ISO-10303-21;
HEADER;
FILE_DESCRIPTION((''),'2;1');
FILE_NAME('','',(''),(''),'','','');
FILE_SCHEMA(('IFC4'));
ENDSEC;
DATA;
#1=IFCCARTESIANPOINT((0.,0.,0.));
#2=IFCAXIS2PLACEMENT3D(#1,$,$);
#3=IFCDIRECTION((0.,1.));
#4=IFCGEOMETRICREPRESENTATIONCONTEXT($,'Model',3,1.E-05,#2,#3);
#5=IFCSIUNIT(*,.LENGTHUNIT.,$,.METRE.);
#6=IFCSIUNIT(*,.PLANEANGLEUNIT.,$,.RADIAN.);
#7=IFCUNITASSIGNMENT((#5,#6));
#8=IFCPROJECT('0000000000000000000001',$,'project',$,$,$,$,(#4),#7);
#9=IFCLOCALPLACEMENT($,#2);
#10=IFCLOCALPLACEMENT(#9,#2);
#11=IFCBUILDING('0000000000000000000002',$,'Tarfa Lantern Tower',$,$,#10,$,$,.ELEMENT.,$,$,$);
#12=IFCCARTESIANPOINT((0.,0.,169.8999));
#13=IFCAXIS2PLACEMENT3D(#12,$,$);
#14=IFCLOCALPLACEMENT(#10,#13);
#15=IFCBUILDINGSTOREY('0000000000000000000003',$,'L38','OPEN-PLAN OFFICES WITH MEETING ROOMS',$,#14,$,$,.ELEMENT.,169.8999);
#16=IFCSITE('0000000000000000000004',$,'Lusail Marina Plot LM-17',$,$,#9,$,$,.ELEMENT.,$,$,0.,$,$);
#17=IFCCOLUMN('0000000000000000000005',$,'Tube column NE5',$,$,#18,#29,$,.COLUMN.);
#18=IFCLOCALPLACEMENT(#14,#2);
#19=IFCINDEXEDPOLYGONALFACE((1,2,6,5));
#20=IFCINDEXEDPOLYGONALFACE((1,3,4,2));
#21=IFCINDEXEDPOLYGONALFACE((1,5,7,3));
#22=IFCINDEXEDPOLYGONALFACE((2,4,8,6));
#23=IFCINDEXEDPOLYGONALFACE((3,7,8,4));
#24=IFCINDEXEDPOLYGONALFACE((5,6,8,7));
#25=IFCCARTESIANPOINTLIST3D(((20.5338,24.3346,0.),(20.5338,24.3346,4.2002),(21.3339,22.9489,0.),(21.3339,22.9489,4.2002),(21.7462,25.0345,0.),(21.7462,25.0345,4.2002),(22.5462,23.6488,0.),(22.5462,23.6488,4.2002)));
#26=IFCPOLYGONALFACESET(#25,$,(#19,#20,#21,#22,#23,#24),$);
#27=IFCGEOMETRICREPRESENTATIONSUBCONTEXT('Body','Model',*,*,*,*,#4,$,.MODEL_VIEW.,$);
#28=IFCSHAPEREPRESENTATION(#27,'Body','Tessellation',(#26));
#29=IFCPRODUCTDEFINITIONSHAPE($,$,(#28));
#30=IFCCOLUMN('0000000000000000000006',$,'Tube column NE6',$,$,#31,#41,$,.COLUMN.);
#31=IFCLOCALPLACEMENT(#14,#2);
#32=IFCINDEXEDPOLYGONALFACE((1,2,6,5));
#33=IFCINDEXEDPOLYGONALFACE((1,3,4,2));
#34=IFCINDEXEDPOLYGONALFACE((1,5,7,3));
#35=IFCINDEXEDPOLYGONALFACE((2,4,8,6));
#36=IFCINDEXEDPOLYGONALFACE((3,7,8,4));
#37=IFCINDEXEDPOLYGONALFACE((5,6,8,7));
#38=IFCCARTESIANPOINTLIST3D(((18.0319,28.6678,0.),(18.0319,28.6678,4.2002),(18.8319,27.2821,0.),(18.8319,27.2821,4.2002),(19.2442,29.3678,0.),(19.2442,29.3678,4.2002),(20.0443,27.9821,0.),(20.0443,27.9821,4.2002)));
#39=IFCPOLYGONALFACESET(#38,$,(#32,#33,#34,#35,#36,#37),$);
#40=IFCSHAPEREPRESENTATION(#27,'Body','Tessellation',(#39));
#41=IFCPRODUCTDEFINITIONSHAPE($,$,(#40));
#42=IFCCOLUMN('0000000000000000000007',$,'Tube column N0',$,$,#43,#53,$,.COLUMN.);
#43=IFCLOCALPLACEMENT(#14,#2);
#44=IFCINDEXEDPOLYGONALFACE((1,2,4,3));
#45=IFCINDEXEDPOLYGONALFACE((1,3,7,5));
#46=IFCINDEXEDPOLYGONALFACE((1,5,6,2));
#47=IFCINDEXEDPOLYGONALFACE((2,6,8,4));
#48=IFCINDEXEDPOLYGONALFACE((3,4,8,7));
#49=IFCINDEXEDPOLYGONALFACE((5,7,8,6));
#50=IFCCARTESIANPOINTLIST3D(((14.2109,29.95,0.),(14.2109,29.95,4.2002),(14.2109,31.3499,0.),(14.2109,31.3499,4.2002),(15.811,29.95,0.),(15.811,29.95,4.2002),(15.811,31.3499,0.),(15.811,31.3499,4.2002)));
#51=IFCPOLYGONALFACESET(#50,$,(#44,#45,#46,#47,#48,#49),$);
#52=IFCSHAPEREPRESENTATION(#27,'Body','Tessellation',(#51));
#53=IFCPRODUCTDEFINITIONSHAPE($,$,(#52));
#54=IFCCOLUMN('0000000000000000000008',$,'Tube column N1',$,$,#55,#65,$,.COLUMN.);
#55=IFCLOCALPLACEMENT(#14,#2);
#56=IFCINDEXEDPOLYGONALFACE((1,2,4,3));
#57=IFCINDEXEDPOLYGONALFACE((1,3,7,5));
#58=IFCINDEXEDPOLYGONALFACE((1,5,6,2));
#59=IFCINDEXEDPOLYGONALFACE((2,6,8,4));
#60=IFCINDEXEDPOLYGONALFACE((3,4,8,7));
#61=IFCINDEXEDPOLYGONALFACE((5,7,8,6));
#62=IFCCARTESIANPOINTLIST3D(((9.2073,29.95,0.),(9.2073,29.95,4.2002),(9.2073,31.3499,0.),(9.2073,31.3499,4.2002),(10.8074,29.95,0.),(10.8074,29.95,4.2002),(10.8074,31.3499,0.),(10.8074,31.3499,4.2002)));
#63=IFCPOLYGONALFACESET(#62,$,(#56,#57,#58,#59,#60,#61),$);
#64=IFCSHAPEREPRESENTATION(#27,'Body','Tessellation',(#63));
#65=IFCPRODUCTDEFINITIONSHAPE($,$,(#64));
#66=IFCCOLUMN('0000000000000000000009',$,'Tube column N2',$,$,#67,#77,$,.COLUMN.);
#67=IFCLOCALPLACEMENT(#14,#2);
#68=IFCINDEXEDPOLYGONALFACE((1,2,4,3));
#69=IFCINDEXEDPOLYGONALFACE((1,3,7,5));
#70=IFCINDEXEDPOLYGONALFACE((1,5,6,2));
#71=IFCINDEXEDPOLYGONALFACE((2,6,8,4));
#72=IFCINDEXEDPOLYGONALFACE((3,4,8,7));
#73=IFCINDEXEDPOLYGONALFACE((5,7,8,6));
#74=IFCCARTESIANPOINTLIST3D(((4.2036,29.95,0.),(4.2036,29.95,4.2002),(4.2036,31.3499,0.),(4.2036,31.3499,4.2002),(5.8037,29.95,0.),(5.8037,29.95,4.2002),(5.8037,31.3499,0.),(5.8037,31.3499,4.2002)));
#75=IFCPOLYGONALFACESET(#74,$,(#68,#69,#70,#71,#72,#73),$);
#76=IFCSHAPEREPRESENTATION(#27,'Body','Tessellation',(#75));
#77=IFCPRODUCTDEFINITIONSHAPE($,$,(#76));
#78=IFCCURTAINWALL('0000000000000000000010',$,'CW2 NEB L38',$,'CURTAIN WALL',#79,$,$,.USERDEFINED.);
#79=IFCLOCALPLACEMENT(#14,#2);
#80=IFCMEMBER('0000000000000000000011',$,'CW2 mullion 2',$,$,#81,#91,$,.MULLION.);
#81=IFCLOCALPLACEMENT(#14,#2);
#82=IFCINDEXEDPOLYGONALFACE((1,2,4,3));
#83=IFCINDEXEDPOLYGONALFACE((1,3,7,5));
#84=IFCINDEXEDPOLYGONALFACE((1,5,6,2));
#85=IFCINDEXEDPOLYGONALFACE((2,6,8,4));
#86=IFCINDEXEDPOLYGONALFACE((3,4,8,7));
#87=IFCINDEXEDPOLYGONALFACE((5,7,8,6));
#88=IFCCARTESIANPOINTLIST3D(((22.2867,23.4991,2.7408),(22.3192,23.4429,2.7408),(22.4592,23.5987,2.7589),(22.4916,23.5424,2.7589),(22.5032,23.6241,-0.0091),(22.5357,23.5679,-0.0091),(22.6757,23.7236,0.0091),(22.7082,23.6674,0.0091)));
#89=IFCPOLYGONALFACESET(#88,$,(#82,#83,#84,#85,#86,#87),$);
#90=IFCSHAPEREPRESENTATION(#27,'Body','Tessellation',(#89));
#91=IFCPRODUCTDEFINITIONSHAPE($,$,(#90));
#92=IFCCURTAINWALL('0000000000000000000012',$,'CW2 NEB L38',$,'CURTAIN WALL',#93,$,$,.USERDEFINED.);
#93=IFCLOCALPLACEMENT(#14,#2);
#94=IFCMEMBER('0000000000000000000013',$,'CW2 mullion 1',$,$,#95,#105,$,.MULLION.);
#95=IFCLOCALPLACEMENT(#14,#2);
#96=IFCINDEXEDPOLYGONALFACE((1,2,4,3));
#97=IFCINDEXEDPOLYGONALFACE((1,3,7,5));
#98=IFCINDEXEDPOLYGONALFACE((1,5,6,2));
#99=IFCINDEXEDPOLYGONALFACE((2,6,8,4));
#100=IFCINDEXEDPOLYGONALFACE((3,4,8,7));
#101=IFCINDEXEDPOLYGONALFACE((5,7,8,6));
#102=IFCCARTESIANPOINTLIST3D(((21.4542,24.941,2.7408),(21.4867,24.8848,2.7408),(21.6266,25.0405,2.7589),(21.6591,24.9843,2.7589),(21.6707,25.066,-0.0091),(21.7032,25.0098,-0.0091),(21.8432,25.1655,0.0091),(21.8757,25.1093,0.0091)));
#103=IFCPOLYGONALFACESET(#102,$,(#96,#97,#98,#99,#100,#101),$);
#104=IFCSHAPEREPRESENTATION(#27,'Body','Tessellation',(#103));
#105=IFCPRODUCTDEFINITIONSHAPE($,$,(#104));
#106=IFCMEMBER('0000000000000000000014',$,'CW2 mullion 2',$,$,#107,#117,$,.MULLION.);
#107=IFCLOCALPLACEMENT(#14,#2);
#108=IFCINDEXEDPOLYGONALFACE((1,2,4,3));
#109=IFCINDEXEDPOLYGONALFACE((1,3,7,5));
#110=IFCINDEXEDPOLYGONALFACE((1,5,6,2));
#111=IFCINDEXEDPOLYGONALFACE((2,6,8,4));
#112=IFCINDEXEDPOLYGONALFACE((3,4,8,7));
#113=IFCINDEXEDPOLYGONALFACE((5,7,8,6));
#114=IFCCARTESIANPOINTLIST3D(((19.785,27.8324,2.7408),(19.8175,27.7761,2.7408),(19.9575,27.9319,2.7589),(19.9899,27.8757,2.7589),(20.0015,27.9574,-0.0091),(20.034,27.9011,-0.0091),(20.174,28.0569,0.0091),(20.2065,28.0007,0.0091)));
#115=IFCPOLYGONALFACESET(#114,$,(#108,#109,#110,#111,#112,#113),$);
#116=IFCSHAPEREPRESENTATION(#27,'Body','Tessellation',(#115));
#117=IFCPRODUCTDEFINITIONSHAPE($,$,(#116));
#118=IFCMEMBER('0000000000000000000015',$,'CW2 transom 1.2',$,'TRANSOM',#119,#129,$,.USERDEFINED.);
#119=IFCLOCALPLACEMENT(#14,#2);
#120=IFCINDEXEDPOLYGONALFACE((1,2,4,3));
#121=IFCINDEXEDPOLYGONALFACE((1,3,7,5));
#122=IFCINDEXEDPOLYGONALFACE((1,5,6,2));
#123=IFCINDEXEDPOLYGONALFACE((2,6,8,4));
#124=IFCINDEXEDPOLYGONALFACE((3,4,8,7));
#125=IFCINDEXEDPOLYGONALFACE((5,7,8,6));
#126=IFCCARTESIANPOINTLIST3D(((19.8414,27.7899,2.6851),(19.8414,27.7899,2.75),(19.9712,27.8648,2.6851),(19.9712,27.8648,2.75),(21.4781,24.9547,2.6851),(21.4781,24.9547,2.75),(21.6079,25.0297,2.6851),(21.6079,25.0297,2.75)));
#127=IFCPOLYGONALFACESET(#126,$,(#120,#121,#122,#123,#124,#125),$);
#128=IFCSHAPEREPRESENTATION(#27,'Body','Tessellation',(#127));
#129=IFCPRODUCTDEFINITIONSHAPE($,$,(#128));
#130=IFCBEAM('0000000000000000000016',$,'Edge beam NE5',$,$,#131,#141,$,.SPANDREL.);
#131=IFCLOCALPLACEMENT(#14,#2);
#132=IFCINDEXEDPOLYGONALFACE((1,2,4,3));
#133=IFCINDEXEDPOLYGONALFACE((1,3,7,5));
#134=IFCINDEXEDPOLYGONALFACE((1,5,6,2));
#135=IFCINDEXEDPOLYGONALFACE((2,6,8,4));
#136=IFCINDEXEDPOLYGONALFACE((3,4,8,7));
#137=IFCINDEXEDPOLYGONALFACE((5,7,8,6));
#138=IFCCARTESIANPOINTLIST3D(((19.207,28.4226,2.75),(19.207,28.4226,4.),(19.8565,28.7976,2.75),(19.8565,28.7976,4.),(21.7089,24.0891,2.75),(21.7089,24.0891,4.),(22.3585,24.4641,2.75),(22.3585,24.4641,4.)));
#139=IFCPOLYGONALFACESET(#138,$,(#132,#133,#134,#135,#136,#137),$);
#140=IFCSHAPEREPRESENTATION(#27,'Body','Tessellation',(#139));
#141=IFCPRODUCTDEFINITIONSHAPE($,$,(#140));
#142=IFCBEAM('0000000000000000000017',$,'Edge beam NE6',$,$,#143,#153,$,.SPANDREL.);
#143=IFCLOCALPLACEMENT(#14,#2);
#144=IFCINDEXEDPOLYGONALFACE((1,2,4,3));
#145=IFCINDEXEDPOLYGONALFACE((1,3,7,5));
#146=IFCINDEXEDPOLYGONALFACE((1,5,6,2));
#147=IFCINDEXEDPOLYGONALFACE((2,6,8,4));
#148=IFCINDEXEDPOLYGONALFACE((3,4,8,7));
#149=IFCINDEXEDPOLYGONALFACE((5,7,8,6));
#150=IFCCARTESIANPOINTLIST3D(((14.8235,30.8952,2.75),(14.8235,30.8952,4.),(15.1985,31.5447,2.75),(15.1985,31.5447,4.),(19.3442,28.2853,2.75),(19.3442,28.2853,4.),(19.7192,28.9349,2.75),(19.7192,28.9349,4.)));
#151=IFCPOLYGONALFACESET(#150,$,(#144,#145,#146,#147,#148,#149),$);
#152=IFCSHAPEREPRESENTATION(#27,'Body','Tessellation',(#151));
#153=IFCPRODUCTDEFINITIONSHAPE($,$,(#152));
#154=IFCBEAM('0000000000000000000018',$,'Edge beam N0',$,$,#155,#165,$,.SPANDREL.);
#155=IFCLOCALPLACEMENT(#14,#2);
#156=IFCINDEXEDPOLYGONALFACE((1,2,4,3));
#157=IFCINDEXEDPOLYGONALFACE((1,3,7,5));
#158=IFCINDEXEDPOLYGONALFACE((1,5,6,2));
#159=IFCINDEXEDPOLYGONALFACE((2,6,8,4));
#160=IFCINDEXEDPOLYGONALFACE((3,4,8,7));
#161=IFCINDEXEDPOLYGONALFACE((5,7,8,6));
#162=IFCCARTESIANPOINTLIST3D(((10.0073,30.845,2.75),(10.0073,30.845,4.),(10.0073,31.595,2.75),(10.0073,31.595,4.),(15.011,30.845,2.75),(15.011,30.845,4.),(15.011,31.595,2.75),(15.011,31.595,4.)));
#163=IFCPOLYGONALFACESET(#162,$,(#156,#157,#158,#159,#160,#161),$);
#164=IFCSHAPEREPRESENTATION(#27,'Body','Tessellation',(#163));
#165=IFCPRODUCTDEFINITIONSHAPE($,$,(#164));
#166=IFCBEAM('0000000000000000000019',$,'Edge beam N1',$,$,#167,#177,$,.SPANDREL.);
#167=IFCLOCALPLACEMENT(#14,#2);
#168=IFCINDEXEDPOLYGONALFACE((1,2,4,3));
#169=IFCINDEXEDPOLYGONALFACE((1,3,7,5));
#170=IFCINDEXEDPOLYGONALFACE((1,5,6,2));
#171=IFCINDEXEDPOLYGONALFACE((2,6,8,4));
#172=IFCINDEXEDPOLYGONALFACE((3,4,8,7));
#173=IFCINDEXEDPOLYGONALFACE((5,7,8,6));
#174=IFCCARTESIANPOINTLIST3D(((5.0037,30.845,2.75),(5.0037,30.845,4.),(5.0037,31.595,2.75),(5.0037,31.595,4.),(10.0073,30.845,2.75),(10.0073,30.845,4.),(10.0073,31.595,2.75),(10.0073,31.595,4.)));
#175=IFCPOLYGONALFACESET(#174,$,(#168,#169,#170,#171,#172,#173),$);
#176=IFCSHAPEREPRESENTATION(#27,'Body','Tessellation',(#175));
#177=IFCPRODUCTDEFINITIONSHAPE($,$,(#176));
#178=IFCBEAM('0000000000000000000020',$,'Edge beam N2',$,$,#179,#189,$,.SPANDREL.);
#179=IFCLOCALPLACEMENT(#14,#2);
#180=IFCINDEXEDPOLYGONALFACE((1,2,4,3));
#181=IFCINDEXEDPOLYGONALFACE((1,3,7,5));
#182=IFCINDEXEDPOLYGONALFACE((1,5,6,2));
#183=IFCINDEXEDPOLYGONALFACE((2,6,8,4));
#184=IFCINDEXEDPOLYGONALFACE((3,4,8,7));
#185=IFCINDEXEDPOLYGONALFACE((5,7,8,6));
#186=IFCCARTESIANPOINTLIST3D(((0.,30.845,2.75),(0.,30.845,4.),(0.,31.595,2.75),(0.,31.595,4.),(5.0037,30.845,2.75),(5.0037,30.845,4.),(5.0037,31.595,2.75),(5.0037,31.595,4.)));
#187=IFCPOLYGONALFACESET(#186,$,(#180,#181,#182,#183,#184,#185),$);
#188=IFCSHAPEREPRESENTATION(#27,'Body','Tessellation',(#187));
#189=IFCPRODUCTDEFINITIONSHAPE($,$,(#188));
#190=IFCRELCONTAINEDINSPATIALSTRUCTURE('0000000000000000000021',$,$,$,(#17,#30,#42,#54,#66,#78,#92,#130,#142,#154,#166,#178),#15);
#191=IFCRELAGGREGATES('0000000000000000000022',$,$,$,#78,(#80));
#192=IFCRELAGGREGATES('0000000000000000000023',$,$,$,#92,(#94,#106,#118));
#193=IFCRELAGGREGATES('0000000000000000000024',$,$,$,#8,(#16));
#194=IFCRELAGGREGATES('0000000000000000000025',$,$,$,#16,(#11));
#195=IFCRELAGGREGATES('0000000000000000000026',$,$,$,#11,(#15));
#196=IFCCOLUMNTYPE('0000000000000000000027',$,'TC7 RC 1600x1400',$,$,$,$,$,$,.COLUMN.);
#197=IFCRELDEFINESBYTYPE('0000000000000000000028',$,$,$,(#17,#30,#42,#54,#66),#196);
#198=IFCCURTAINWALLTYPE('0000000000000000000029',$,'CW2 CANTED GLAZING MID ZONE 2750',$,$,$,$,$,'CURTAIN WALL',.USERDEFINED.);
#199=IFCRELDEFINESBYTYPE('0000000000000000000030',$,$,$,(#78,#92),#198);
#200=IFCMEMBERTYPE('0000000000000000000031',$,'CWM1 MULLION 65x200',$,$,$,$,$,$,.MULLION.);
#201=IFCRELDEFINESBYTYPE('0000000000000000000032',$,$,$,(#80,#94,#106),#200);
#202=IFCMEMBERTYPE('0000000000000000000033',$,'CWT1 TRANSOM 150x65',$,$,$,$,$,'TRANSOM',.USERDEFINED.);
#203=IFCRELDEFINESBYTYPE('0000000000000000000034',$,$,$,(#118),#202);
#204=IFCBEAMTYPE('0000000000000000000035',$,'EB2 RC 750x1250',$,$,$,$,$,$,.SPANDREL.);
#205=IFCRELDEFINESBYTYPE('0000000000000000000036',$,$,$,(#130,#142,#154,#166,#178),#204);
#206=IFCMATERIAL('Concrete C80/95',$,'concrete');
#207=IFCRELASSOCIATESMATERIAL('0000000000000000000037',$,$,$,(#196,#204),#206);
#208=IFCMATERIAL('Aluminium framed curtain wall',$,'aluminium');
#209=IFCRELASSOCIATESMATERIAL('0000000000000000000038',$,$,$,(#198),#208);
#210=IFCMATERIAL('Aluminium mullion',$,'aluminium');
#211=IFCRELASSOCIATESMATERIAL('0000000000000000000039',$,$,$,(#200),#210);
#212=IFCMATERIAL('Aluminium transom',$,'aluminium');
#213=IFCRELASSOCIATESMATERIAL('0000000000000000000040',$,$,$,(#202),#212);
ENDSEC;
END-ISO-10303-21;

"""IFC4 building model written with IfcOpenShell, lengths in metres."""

from ifc_helpers import new_model, si_unit, direction, frame, origin, origin_2d, place, context, subcontext, project, spatial, rectangle, extrude, material, material_profile, profile_set, type_object, element, aggregate, save


model = new_model("IFC4")

# Units and contexts
model_context = context("Model", 3, precision=1e-05, world=origin(), true_north=direction((0.0, 1.0)))
body_context = subcontext(model_context, "Body", "Model", "MODEL_VIEW")
ifc_project = project(units=[si_unit("LENGTHUNIT", "METRE"), si_unit("PLANEANGLEUNIT", "RADIAN")], contexts=[model_context])

# Site, building, storey
site_placement = place(None, origin())
site = spatial("IfcSite", under=ifc_project, at=site_placement, Name="Lusail Marina Plot LM-17", CompositionType="ELEMENT", RefElevation=0.0)
building_placement = place(site_placement, origin())
building = spatial("IfcBuilding", under=site, at=building_placement, Name="Tarfa Lantern Tower", CompositionType="ELEMENT")
storey_placement = place(building_placement, frame((0.0, 0.0, 169.8999)))
storey = spatial("IfcBuildingStorey", under=building, at=storey_placement, Name="L38", Description="OPEN-PLAN OFFICES WITH MEETING ROOMS", CompositionType="ELEMENT", Elevation=169.8999)

# Columns
ifc_material_1 = material(Name="Concrete C80/95", Category="concrete")
ifc_material_profile_1 = material_profile(ifc_material_1, rectangle(XDim=1.6001, YDim=1.3999, at=origin_2d()), Name="RC 1600x1400")
ifc_profile_set_1 = profile_set([ifc_material_profile_1], Name="Concrete C80/95")
column_type = type_object("IfcColumnType", Name="TC7 RC 1600x1400", PredefinedType="COLUMN", material=ifc_profile_set_1)
for number, where, z_axis, x_axis, name in (
    (1, (21.54, 23.9917, 0.0), (0.0, 0.0, 1.0), (-0.5, 0.866025, 0.0), "Tube column NE5"),
    (2, (19.0381, 28.325, 0.0), (0.0, 0.0, 1.0), (-0.5, 0.866025, 0.0), "Tube column NE6"),
    (3, (15.011, 30.6499, 0.0), (0.0, 0.0, 1.0), (-1.0, 0.0, 0.0), "Tube column N0"),
    (4, (10.0073, 30.6499, 0.0), (0.0, 0.0, 1.0), (-1.0, 0.0, 0.0), "Tube column N1"),
    (5, (5.0037, 30.6499, 0.0), (0.0, 0.0, 1.0), (-1.0, 0.0, 0.0), "Tube column N2"),
):
    element("IfcColumn", number, at=place(storey_placement, frame(where, z_axis=z_axis, x_axis=x_axis)), inside=storey, type_object=column_type, Name=name, PredefinedType="COLUMN", context=body_context, shape_type="SweptSolid", body=[
        extrude(rectangle(XDim=1.6001, YDim=1.3999, at=origin_2d()), origin(), (0.0, 0.0, 1.0), 4.2002),
    ])

# Curtain wall, member
ifc_material_2 = material(Name="Aluminium framed curtain wall", Category="aluminium")
curtain_wall_type = type_object("IfcCurtainWallType", Name="CW2 CANTED GLAZING MID ZONE 2750", ElementType="CURTAIN WALL", PredefinedType="USERDEFINED", material=ifc_material_2)
curtain_wall_1_placement = place(storey_placement, origin())
curtain_wall_1 = element("IfcCurtainWall", 6, at=curtain_wall_1_placement, inside=storey, type_object=curtain_wall_type, Name="CW2 NEB L38", ObjectType="CURTAIN WALL", PredefinedType="USERDEFINED")
ifc_material_3 = material(Name="Aluminium mullion", Category="aluminium")
ifc_material_profile_2 = material_profile(ifc_material_3, rectangle(XDim=0.0649, YDim=0.2, at=origin_2d()), Name="AL MULLION 65x200")
ifc_profile_set_2 = profile_set([ifc_material_profile_2], Name="Aluminium mullion")
member_type_1 = type_object("IfcMemberType", Name="CWM1 MULLION 65x200", PredefinedType="MULLION", material=ifc_profile_set_2)
member_1_placement = place(storey_placement, frame((22.6057, 23.6458, 0.0), z_axis=(-0.078423, -0.045268, 0.995892), x_axis=(0.49992, -0.866072, 0.0)))
member_1 = element("IfcMember", 7, at=member_1_placement, type_object=member_type_1, Name="CW2 mullion 2", PredefinedType="MULLION", context=body_context, shape_type="SweptSolid", body=[
    extrude(rectangle(XDim=0.0649, YDim=0.2, at=origin_2d()), origin(), (0.0, 0.0, 1.0), 2.7612),
])
aggregate(curtain_wall_1, [member_1])

# Curtain wall, members
curtain_wall_2_placement = place(storey_placement, origin())
curtain_wall_2 = element("IfcCurtainWall", 8, at=curtain_wall_2_placement, inside=storey, type_object=curtain_wall_type, Name="CW2 NEB L38", ObjectType="CURTAIN WALL", PredefinedType="USERDEFINED")
member_2_placement = place(storey_placement, frame((21.7732, 25.0876, 0.0), z_axis=(-0.078423, -0.045268, 0.995892), x_axis=(0.49992, -0.866072, 0.0)))
member_2 = element("IfcMember", 9, at=member_2_placement, type_object=member_type_1, Name="CW2 mullion 1", PredefinedType="MULLION", context=body_context, shape_type="SweptSolid", body=[
    extrude(rectangle(XDim=0.0649, YDim=0.2, at=origin_2d()), origin(), (0.0, 0.0, 1.0), 2.7612),
])
member_3_placement = place(storey_placement, frame((20.104, 27.979, 0.0), z_axis=(-0.078423, -0.045268, 0.995892), x_axis=(0.49992, -0.866072, 0.0)))
member_3 = element("IfcMember", 10, at=member_3_placement, type_object=member_type_1, Name="CW2 mullion 2", PredefinedType="MULLION", context=body_context, shape_type="SweptSolid", body=[
    extrude(rectangle(XDim=0.0649, YDim=0.2, at=origin_2d()), origin(), (0.0, 0.0, 1.0), 2.7612),
])
ifc_material_4 = material(Name="Aluminium transom", Category="aluminium")
ifc_material_profile_3 = material_profile(ifc_material_4, rectangle(XDim=0.1499, YDim=0.0649, at=origin_2d()), Name="AL TRANSOM 150x65")
ifc_profile_set_3 = profile_set([ifc_material_profile_3], Name="Aluminium transom")
member_type_2 = type_object("IfcMemberType", Name="CWT1 TRANSOM 150x65", ElementType="TRANSOM", PredefinedType="USERDEFINED", material=ifc_profile_set_3)
member_4_placement = place(storey_placement, frame((21.543, 24.9922, 2.7175), z_axis=(-0.499957, 0.86605, 0.0), x_axis=(-0.86605, -0.499957, 0.0)))
member_4 = element("IfcMember", 11, at=member_4_placement, type_object=member_type_2, Name="CW2 transom 1.2", ObjectType="TRANSOM", PredefinedType="USERDEFINED", context=body_context, shape_type="SweptSolid", body=[
    extrude(rectangle(XDim=0.1499, YDim=0.0649, at=origin_2d()), origin(), (0.0, 0.0, 1.0), 3.2737),
])

# Beams
ifc_material_profile_4 = material_profile(ifc_material_1, rectangle(XDim=0.75, YDim=1.25, at=origin_2d()), Name="RC 750x1250")
ifc_profile_set_4 = profile_set([ifc_material_profile_4], Name="Concrete C80/95")
beam_type_1 = type_object("IfcBeamType", Name="EB2 RC 750x1250", PredefinedType="SPANDREL", material=ifc_profile_set_4)
beam_1_placement = place(storey_placement, frame((22.0337, 24.2766, 3.375), z_axis=(-0.500001, 0.866025, 0.0), x_axis=(-0.866025, -0.500001, 0.0)))
element("IfcBeam", 12, at=beam_1_placement, inside=storey, type_object=beam_type_1, Name="Edge beam NE5", PredefinedType="SPANDREL", context=body_context, shape_type="SweptSolid", body=[
    extrude(rectangle(XDim=0.75, YDim=1.25, at=origin_2d()), origin(), (0.0, 0.0, 1.0), 5.0039),
])
beam_2_placement = place(storey_placement, frame((19.5317, 28.6101, 3.375), z_axis=(-0.866042, 0.499972, 0.0), x_axis=(-0.499972, -0.866042, 0.0)))
element("IfcBeam", 13, at=beam_2_placement, inside=storey, type_object=beam_type_1, Name="Edge beam NE6", PredefinedType="SPANDREL", context=body_context, shape_type="SweptSolid", body=[
    extrude(rectangle(XDim=0.75, YDim=1.25, at=origin_2d()), origin(), (0.0, 0.0, 1.0), 5.22),
])
for number, where, z_axis, x_axis, name in (
    (14, (15.011, 31.22, 3.375), (-1.0, 0.0, 0.0), (0.0, -1.0, 0.0), "Edge beam N0"),
    (15, (10.0073, 31.22, 3.375), (-1.0, 0.0, 0.0), (0.0, -1.0, 0.0), "Edge beam N1"),
    (16, (5.0037, 31.22, 3.375), (-1.0, 0.0, 0.0), (0.0, -1.0, 0.0), "Edge beam N2"),
):
    element("IfcBeam", number, at=place(storey_placement, frame(where, z_axis=z_axis, x_axis=x_axis)), inside=storey, type_object=beam_type_1, Name=name, PredefinedType="SPANDREL", context=body_context, shape_type="SweptSolid", body=[
        extrude(rectangle(XDim=0.75, YDim=1.25, at=origin_2d()), origin(), (0.0, 0.0, 1.0), 5.0037),
    ])

aggregate(curtain_wall_2, [member_2, member_3, member_4])

save(model, "model.ifc")
